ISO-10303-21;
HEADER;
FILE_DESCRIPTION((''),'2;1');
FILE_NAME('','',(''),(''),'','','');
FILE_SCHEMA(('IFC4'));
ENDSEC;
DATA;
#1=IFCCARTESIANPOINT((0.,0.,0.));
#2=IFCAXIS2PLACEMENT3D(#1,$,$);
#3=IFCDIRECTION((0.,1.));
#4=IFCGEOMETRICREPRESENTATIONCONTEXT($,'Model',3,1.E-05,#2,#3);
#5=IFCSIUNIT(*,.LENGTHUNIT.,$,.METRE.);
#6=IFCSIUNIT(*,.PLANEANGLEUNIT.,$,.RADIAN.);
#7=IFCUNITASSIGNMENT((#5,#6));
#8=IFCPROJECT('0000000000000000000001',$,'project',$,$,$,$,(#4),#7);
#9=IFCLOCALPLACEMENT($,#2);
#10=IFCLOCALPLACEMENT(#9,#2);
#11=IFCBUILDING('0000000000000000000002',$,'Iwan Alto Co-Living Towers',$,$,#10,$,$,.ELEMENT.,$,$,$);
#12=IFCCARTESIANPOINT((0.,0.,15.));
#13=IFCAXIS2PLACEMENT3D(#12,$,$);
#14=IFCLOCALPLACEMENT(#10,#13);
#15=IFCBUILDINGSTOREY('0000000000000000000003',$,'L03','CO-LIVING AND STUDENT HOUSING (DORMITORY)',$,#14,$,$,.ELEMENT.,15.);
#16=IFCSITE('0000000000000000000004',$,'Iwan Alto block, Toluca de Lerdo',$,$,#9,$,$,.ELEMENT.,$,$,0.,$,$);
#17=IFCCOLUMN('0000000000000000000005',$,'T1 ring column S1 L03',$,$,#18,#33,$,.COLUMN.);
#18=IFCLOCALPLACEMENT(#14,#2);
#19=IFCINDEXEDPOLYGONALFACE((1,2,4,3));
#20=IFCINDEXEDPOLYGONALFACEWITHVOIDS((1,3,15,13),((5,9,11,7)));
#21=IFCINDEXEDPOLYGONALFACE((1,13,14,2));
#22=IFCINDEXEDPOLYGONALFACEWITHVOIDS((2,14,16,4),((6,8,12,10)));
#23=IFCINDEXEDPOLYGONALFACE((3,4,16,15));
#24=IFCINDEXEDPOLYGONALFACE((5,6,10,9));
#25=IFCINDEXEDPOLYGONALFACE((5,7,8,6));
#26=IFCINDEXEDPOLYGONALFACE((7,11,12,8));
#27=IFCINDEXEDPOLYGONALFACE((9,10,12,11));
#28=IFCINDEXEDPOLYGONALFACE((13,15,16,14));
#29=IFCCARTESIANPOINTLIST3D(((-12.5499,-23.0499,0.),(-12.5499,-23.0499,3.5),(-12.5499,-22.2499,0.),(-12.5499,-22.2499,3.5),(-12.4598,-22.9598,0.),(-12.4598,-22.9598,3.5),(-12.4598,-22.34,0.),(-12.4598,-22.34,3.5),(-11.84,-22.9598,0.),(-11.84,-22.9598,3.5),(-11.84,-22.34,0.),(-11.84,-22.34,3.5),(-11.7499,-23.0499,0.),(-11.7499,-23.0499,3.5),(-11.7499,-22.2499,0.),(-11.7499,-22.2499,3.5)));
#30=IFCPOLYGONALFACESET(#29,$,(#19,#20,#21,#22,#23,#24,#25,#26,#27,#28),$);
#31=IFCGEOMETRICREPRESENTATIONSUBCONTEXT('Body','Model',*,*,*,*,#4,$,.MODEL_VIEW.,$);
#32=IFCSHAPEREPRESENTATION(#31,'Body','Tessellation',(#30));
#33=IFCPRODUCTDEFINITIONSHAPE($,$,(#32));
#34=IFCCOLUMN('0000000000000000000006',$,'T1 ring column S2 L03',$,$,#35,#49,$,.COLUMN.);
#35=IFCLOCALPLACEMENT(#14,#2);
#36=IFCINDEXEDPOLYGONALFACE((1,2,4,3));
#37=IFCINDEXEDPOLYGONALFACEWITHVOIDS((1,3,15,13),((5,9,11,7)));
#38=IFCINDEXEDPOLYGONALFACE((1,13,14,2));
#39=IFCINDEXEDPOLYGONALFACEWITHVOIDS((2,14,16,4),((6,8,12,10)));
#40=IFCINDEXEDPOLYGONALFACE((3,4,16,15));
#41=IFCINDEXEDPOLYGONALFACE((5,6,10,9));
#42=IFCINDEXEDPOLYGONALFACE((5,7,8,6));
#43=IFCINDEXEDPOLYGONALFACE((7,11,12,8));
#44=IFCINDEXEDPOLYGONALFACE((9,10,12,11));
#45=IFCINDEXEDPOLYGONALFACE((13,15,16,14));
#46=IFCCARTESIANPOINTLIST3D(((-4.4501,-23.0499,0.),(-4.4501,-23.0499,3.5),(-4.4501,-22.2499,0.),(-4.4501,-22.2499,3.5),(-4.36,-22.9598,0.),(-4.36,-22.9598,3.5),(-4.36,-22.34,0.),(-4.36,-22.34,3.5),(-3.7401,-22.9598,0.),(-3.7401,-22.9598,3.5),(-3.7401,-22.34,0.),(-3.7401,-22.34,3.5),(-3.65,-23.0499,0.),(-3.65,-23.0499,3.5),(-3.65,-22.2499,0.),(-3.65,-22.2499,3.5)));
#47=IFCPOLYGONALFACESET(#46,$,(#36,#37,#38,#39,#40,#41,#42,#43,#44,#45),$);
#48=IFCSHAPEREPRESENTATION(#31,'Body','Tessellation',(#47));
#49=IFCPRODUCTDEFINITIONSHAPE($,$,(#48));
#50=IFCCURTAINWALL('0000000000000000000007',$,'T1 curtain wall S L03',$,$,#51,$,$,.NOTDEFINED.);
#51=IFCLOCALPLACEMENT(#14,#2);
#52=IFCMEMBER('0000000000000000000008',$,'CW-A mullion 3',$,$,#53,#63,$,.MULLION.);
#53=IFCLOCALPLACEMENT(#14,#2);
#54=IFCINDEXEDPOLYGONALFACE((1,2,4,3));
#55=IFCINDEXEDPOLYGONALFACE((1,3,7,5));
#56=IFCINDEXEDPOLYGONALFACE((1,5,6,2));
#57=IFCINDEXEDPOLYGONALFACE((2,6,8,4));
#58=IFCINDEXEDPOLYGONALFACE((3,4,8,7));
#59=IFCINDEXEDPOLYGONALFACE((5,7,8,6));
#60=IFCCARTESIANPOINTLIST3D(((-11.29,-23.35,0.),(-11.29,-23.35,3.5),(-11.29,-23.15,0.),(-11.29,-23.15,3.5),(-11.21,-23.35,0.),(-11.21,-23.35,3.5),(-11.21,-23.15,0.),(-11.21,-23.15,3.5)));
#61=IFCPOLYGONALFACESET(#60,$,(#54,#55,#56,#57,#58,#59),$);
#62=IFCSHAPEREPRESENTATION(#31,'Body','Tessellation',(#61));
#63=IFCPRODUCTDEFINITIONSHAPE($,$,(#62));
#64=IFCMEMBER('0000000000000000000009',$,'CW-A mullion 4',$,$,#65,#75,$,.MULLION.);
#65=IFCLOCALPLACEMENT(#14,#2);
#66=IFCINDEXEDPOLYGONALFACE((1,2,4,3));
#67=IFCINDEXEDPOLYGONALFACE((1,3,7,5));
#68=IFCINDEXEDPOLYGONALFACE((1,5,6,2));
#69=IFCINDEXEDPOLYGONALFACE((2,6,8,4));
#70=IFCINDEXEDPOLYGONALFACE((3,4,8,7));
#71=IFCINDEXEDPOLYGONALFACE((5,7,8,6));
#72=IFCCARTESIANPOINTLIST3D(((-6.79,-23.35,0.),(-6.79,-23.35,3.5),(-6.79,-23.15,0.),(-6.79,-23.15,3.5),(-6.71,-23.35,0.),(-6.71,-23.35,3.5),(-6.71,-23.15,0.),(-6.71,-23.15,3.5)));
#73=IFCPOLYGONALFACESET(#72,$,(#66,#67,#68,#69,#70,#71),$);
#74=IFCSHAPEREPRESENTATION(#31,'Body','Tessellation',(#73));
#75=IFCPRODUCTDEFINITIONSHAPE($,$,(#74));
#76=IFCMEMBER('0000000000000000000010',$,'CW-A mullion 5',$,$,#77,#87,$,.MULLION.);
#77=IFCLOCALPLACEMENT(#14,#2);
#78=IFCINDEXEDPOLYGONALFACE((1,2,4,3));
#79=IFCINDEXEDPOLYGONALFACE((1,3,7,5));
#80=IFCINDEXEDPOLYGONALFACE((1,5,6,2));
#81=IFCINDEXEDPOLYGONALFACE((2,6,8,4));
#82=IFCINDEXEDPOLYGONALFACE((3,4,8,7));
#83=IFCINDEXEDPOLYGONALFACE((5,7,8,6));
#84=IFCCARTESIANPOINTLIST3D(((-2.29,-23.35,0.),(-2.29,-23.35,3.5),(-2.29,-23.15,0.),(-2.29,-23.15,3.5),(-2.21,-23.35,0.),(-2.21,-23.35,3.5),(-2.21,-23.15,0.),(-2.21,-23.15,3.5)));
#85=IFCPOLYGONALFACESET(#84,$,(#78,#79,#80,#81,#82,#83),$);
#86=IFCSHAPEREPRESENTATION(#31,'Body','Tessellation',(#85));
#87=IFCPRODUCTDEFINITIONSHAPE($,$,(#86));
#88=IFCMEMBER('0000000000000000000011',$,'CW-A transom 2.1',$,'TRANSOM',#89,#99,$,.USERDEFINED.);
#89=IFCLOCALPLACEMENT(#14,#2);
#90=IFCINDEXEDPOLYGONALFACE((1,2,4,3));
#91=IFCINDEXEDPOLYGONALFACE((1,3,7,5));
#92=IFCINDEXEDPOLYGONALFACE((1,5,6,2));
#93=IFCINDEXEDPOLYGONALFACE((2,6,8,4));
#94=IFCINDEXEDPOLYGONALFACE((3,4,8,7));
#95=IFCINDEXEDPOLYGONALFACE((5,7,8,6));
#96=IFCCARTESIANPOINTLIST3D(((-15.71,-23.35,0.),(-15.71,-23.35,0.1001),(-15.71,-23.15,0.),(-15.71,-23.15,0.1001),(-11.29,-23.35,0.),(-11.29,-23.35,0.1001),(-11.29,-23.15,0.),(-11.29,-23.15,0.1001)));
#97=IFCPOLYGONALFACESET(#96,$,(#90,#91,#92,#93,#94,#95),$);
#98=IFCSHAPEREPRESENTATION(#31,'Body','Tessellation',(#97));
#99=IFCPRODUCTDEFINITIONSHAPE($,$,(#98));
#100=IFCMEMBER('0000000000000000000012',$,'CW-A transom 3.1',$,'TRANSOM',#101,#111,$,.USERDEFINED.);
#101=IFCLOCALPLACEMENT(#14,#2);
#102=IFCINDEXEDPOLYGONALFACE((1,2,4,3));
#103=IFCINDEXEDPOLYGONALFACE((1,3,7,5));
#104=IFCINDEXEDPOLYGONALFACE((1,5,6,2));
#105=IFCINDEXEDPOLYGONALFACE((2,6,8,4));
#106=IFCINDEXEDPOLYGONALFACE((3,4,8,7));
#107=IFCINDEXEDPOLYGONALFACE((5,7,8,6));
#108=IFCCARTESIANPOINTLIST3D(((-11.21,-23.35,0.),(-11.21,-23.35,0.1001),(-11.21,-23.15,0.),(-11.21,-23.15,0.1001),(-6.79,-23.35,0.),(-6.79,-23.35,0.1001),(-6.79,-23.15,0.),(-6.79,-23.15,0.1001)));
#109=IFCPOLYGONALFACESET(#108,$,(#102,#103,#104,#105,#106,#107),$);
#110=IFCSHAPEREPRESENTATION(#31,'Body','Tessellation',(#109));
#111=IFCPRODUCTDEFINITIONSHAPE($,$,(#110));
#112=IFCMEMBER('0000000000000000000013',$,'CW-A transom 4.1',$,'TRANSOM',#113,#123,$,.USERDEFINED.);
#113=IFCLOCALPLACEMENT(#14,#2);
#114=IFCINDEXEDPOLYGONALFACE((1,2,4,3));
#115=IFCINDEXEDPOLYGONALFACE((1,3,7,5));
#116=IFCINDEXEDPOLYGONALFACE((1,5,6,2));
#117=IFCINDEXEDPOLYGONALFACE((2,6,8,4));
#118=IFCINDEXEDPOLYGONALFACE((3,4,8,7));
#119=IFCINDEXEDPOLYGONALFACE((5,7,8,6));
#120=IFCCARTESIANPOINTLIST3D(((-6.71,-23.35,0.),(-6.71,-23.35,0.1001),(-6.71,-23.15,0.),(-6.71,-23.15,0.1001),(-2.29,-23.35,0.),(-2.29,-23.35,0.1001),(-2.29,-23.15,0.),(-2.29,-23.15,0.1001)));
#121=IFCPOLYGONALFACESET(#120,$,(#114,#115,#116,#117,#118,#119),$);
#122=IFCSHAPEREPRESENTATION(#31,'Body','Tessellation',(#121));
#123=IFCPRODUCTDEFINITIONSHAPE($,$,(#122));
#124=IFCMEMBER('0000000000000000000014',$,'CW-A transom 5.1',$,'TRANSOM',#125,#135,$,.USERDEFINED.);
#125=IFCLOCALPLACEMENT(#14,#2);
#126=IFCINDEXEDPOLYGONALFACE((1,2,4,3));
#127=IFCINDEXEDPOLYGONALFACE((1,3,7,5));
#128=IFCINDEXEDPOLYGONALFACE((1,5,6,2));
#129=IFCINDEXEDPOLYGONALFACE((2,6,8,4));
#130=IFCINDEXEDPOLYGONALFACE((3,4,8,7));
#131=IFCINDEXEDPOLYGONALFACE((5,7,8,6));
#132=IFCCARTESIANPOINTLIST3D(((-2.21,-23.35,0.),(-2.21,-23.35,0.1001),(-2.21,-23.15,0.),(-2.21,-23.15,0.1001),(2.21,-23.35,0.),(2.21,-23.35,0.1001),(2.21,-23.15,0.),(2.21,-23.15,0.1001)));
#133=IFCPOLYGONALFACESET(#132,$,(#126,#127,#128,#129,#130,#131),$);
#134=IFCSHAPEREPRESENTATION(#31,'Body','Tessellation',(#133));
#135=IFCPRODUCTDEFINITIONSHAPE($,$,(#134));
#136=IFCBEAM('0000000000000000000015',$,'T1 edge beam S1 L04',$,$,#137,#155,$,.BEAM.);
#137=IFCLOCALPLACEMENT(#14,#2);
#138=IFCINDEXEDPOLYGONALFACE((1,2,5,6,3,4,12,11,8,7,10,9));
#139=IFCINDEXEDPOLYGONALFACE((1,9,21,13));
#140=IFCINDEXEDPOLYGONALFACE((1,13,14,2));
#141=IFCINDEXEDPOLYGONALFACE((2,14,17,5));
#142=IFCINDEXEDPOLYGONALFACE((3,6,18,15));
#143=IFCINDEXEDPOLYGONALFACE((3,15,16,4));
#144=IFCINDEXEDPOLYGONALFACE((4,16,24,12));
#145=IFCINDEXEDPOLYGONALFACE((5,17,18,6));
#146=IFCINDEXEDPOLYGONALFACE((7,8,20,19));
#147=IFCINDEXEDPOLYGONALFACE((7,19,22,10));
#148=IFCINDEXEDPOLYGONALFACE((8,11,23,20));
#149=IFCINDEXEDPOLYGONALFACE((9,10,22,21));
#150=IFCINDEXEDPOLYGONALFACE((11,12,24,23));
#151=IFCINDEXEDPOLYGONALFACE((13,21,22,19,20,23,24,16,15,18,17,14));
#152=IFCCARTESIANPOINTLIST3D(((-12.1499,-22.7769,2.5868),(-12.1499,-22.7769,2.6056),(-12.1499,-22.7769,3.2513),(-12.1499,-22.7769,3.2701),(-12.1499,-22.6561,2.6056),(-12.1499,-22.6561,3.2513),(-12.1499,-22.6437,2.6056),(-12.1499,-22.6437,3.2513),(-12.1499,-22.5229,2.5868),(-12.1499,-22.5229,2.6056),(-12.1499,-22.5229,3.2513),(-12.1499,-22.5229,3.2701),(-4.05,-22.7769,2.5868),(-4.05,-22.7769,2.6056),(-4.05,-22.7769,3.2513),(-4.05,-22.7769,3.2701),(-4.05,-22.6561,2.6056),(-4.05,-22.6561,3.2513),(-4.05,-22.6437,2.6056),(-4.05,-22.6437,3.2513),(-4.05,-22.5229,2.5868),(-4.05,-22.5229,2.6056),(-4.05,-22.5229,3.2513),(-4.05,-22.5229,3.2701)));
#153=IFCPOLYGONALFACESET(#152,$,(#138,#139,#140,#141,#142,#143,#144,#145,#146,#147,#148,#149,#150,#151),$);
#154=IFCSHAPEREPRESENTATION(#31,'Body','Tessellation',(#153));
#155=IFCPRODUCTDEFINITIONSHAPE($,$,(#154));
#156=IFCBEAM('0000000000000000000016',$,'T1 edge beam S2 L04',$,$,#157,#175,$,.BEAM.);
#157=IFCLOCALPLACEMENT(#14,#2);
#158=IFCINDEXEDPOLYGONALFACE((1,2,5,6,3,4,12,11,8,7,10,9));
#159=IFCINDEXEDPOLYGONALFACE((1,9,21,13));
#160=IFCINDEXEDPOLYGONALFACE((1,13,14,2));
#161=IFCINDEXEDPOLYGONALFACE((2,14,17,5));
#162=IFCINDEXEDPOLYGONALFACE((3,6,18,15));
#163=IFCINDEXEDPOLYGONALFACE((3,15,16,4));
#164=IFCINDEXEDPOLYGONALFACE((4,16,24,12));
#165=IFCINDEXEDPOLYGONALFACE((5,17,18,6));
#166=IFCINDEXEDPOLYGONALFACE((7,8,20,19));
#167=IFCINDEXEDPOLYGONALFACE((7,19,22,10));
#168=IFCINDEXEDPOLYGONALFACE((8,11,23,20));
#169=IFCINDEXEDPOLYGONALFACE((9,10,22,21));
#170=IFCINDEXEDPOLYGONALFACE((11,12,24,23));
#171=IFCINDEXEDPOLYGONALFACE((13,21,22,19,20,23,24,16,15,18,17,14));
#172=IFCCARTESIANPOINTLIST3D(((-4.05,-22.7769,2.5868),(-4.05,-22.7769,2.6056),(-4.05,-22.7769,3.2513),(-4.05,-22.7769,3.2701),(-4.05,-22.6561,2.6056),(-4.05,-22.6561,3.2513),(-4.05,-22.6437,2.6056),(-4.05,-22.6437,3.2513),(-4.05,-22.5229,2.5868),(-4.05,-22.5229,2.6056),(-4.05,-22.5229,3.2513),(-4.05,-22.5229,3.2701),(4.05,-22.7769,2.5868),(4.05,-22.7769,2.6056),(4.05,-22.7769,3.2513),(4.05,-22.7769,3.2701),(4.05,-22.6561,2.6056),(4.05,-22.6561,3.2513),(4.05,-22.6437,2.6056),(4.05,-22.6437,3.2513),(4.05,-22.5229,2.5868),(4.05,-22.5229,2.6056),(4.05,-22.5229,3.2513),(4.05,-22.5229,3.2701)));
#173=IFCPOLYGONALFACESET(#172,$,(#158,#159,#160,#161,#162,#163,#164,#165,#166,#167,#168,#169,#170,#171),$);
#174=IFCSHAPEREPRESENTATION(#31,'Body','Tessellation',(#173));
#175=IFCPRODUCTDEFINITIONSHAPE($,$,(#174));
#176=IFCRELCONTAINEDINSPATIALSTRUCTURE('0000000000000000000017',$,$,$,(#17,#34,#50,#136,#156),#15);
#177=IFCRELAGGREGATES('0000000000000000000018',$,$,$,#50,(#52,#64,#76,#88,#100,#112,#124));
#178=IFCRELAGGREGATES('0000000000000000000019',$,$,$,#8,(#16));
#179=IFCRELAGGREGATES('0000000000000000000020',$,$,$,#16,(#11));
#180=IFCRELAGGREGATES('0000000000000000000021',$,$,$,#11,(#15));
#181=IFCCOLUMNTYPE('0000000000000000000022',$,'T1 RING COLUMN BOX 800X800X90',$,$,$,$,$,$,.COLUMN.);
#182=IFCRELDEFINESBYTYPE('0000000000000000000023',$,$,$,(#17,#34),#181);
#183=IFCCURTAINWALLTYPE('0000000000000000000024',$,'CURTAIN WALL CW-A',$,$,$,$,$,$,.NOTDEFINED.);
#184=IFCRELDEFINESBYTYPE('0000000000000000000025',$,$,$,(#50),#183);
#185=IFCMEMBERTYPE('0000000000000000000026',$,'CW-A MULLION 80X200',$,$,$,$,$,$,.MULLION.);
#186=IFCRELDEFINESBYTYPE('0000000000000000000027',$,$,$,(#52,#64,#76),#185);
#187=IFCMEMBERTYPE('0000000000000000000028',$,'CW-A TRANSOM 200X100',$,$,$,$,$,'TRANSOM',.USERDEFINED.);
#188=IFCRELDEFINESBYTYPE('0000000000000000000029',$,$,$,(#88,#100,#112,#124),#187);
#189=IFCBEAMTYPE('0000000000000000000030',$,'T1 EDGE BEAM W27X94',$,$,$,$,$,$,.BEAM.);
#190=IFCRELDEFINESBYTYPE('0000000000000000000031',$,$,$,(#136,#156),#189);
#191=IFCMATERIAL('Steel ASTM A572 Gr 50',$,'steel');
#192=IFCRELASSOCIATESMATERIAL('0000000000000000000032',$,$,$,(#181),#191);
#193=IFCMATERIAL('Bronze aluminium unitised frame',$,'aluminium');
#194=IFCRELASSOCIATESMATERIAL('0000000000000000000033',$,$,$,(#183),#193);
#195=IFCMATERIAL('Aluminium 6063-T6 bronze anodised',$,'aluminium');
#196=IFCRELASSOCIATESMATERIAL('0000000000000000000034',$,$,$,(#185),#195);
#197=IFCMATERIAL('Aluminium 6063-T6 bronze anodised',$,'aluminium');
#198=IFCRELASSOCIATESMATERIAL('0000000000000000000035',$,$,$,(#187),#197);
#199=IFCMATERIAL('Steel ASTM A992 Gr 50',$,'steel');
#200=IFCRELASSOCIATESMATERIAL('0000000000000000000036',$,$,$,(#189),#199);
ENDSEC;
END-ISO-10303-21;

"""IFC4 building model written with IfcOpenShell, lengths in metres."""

from ifc_helpers import new_model, si_unit, direction, frame, origin, origin_2d, place, context, subcontext, project, spatial, rectangle, hollow_rectangle, i_section, extrude, material, material_profile, profile_set, type_object, element, aggregate, save


model = new_model("IFC4")

# Units and contexts
model_context = context("Model", 3, precision=1e-05, world=origin(), true_north=direction((0.0, 1.0)))
body_context = subcontext(model_context, "Body", "Model", "MODEL_VIEW")
ifc_project = project(units=[si_unit("LENGTHUNIT", "METRE"), si_unit("PLANEANGLEUNIT", "RADIAN")], contexts=[model_context])

# Site, building, storey
site_placement = place(None, origin())
site = spatial("IfcSite", under=ifc_project, at=site_placement, Name="Iwan Alto block, Toluca de Lerdo", CompositionType="ELEMENT", RefElevation=0.0)
building_placement = place(site_placement, origin())
building = spatial("IfcBuilding", under=site, at=building_placement, Name="Iwan Alto Co-Living Towers", CompositionType="ELEMENT")
storey_placement = place(building_placement, frame((0.0, 0.0, 15.0)))
storey = spatial("IfcBuildingStorey", under=building, at=storey_placement, Name="L03", Description="CO-LIVING AND STUDENT HOUSING (DORMITORY)", CompositionType="ELEMENT", Elevation=15.0)

# Columns
ifc_material_1 = material(Name="Steel ASTM A572 Gr 50", Category="steel")
ifc_material_profile_1 = material_profile(ifc_material_1, hollow_rectangle(XDim=0.8, YDim=0.8, WallThickness=0.0901, at=origin_2d()), Name="BOX 800X800X90")
ifc_profile_set_1 = profile_set([ifc_material_profile_1], Name="Steel ASTM A572 Gr 50")
column_type = type_object("IfcColumnType", Name="T1 RING COLUMN BOX 800X800X90", PredefinedType="COLUMN", material=ifc_profile_set_1)
for number, where, z_axis, x_axis, name in (
    (1, (-12.1499, -22.6499, 0.0), (0.0, 0.0, 1.0), (1.0, 0.0, 0.0), "T1 ring column S1 L03"),
    (2, (-4.05, -22.6499, 0.0), (0.0, 0.0, 1.0), (1.0, 0.0, 0.0), "T1 ring column S2 L03"),
):
    element("IfcColumn", number, at=place(storey_placement, frame(where, z_axis=z_axis, x_axis=x_axis)), inside=storey, type_object=column_type, Name=name, PredefinedType="COLUMN", context=body_context, shape_type="SweptSolid", body=[
        extrude(hollow_rectangle(XDim=0.8, YDim=0.8, WallThickness=0.0901, at=origin_2d()), origin(), (0.0, 0.0, 1.0), 3.5),
    ])

# Curtain wall, members
ifc_material_2 = material(Name="Bronze aluminium unitised frame", Category="aluminium")
curtain_wall_type = type_object("IfcCurtainWallType", Name="CURTAIN WALL CW-A", PredefinedType="NOTDEFINED", material=ifc_material_2)
curtain_wall_placement = place(storey_placement, origin())
curtain_wall = element("IfcCurtainWall", 3, at=curtain_wall_placement, inside=storey, type_object=curtain_wall_type, Name="T1 curtain wall S L03", PredefinedType="NOTDEFINED")
ifc_material_3 = material(Name="Aluminium 6063-T6 bronze anodised", Category="aluminium")
ifc_material_profile_2 = material_profile(ifc_material_3, rectangle(XDim=0.2, YDim=0.0801, at=origin_2d()), Name="AL 80X200")
ifc_profile_set_2 = profile_set([ifc_material_profile_2], Name="Aluminium 6063-T6 bronze anodised")
member_type_1 = type_object("IfcMemberType", Name="CW-A MULLION 80X200", PredefinedType="MULLION", material=ifc_profile_set_2)
member_1_placement = place(storey_placement, frame((-11.25, -23.25, 0.0), z_axis=(0.0, 0.0, 1.0), x_axis=(0.0, 1.0, 0.0)))
member_1 = element("IfcMember", 4, at=member_1_placement, type_object=member_type_1, Name="CW-A mullion 3", PredefinedType="MULLION", context=body_context, shape_type="SweptSolid", body=[
    extrude(rectangle(XDim=0.2, YDim=0.0801, at=origin_2d()), origin(), (0.0, 0.0, 1.0), 3.5),
])
member_2_placement = place(storey_placement, frame((-6.75, -23.25, 0.0), z_axis=(0.0, 0.0, 1.0), x_axis=(0.0, 1.0, 0.0)))
member_2 = element("IfcMember", 5, at=member_2_placement, type_object=member_type_1, Name="CW-A mullion 4", PredefinedType="MULLION", context=body_context, shape_type="SweptSolid", body=[
    extrude(rectangle(XDim=0.2, YDim=0.0801, at=origin_2d()), origin(), (0.0, 0.0, 1.0), 3.5),
])
member_3_placement = place(storey_placement, frame((-2.25, -23.25, 0.0), z_axis=(0.0, 0.0, 1.0), x_axis=(0.0, 1.0, 0.0)))
member_3 = element("IfcMember", 6, at=member_3_placement, type_object=member_type_1, Name="CW-A mullion 5", PredefinedType="MULLION", context=body_context, shape_type="SweptSolid", body=[
    extrude(rectangle(XDim=0.2, YDim=0.0801, at=origin_2d()), origin(), (0.0, 0.0, 1.0), 3.5),
])
ifc_material_4 = material(Name="Aluminium 6063-T6 bronze anodised", Category="aluminium")
ifc_material_profile_3 = material_profile(ifc_material_4, rectangle(XDim=0.2, YDim=0.1001, at=origin_2d()), Name="AL 200X100")
ifc_profile_set_3 = profile_set([ifc_material_profile_3], Name="Aluminium 6063-T6 bronze anodised")
member_type_2 = type_object("IfcMemberType", Name="CW-A TRANSOM 200X100", ElementType="TRANSOM", PredefinedType="USERDEFINED", material=ifc_profile_set_3)
member_4_placement = place(storey_placement, frame((-15.71, -23.25, 0.05), z_axis=(1.0, 0.0, 0.0), x_axis=(0.0, 1.0, 0.0)))
member_4 = element("IfcMember", 7, at=member_4_placement, type_object=member_type_2, Name="CW-A transom 2.1", ObjectType="TRANSOM", PredefinedType="USERDEFINED", context=body_context, shape_type="SweptSolid", body=[
    extrude(rectangle(XDim=0.2, YDim=0.1001, at=origin_2d()), origin(), (0.0, 0.0, 1.0), 4.4199),
])
member_5_placement = place(storey_placement, frame((-11.21, -23.25, 0.05), z_axis=(1.0, 0.0, 0.0), x_axis=(0.0, 1.0, 0.0)))
member_5 = element("IfcMember", 8, at=member_5_placement, type_object=member_type_2, Name="CW-A transom 3.1", ObjectType="TRANSOM", PredefinedType="USERDEFINED", context=body_context, shape_type="SweptSolid", body=[
    extrude(rectangle(XDim=0.2, YDim=0.1001, at=origin_2d()), origin(), (0.0, 0.0, 1.0), 4.4199),
])
member_6_placement = place(storey_placement, frame((-6.71, -23.25, 0.05), z_axis=(1.0, 0.0, 0.0), x_axis=(0.0, 1.0, 0.0)))
member_6 = element("IfcMember", 9, at=member_6_placement, type_object=member_type_2, Name="CW-A transom 4.1", ObjectType="TRANSOM", PredefinedType="USERDEFINED", context=body_context, shape_type="SweptSolid", body=[
    extrude(rectangle(XDim=0.2, YDim=0.1001, at=origin_2d()), origin(), (0.0, 0.0, 1.0), 4.4199),
])
member_7_placement = place(storey_placement, frame((-2.21, -23.25, 0.05), z_axis=(1.0, 0.0, 0.0), x_axis=(0.0, 1.0, 0.0)))
member_7 = element("IfcMember", 10, at=member_7_placement, type_object=member_type_2, Name="CW-A transom 5.1", ObjectType="TRANSOM", PredefinedType="USERDEFINED", context=body_context, shape_type="SweptSolid", body=[
    extrude(rectangle(XDim=0.2, YDim=0.1001, at=origin_2d()), origin(), (0.0, 0.0, 1.0), 4.4199),
])

# Beams
ifc_material_5 = material(Name="Steel ASTM A992 Gr 50", Category="steel")
ifc_material_profile_4 = material_profile(ifc_material_5, i_section(OverallWidth=0.2539, OverallDepth=0.6833, WebThickness=0.0125, FlangeThickness=0.0188, at=origin_2d()), Name="W27X94")
ifc_profile_set_4 = profile_set([ifc_material_profile_4], Name="Steel ASTM A992 Gr 50")
beam_type_1 = type_object("IfcBeamType", Name="T1 EDGE BEAM W27X94", PredefinedType="BEAM", material=ifc_profile_set_4)
beam_1_placement = place(storey_placement, frame((-12.1499, -22.6499, 2.9285), z_axis=(1.0, 0.0, 0.0), x_axis=(0.0, 1.0, 0.0)))
element("IfcBeam", 11, at=beam_1_placement, inside=storey, type_object=beam_type_1, Name="T1 edge beam S1 L04", PredefinedType="BEAM", context=body_context, shape_type="SweptSolid", body=[
    extrude(i_section(OverallWidth=0.2539, OverallDepth=0.6833, WebThickness=0.0125, FlangeThickness=0.0188, at=origin_2d()), origin(), (0.0, 0.0, 1.0), 8.0999),
])
beam_2_placement = place(storey_placement, frame((-4.05, -22.6499, 2.9285), z_axis=(1.0, 0.0, 0.0), x_axis=(0.0, 1.0, 0.0)))
element("IfcBeam", 12, at=beam_2_placement, inside=storey, type_object=beam_type_1, Name="T1 edge beam S2 L04", PredefinedType="BEAM", context=body_context, shape_type="SweptSolid", body=[
    extrude(i_section(OverallWidth=0.2539, OverallDepth=0.6833, WebThickness=0.0125, FlangeThickness=0.0188, at=origin_2d()), origin(), (0.0, 0.0, 1.0), 8.1001),
])

aggregate(curtain_wall, [member_1, member_2, member_3, member_4, member_5, member_6, member_7])

save(model, "model.ifc")
